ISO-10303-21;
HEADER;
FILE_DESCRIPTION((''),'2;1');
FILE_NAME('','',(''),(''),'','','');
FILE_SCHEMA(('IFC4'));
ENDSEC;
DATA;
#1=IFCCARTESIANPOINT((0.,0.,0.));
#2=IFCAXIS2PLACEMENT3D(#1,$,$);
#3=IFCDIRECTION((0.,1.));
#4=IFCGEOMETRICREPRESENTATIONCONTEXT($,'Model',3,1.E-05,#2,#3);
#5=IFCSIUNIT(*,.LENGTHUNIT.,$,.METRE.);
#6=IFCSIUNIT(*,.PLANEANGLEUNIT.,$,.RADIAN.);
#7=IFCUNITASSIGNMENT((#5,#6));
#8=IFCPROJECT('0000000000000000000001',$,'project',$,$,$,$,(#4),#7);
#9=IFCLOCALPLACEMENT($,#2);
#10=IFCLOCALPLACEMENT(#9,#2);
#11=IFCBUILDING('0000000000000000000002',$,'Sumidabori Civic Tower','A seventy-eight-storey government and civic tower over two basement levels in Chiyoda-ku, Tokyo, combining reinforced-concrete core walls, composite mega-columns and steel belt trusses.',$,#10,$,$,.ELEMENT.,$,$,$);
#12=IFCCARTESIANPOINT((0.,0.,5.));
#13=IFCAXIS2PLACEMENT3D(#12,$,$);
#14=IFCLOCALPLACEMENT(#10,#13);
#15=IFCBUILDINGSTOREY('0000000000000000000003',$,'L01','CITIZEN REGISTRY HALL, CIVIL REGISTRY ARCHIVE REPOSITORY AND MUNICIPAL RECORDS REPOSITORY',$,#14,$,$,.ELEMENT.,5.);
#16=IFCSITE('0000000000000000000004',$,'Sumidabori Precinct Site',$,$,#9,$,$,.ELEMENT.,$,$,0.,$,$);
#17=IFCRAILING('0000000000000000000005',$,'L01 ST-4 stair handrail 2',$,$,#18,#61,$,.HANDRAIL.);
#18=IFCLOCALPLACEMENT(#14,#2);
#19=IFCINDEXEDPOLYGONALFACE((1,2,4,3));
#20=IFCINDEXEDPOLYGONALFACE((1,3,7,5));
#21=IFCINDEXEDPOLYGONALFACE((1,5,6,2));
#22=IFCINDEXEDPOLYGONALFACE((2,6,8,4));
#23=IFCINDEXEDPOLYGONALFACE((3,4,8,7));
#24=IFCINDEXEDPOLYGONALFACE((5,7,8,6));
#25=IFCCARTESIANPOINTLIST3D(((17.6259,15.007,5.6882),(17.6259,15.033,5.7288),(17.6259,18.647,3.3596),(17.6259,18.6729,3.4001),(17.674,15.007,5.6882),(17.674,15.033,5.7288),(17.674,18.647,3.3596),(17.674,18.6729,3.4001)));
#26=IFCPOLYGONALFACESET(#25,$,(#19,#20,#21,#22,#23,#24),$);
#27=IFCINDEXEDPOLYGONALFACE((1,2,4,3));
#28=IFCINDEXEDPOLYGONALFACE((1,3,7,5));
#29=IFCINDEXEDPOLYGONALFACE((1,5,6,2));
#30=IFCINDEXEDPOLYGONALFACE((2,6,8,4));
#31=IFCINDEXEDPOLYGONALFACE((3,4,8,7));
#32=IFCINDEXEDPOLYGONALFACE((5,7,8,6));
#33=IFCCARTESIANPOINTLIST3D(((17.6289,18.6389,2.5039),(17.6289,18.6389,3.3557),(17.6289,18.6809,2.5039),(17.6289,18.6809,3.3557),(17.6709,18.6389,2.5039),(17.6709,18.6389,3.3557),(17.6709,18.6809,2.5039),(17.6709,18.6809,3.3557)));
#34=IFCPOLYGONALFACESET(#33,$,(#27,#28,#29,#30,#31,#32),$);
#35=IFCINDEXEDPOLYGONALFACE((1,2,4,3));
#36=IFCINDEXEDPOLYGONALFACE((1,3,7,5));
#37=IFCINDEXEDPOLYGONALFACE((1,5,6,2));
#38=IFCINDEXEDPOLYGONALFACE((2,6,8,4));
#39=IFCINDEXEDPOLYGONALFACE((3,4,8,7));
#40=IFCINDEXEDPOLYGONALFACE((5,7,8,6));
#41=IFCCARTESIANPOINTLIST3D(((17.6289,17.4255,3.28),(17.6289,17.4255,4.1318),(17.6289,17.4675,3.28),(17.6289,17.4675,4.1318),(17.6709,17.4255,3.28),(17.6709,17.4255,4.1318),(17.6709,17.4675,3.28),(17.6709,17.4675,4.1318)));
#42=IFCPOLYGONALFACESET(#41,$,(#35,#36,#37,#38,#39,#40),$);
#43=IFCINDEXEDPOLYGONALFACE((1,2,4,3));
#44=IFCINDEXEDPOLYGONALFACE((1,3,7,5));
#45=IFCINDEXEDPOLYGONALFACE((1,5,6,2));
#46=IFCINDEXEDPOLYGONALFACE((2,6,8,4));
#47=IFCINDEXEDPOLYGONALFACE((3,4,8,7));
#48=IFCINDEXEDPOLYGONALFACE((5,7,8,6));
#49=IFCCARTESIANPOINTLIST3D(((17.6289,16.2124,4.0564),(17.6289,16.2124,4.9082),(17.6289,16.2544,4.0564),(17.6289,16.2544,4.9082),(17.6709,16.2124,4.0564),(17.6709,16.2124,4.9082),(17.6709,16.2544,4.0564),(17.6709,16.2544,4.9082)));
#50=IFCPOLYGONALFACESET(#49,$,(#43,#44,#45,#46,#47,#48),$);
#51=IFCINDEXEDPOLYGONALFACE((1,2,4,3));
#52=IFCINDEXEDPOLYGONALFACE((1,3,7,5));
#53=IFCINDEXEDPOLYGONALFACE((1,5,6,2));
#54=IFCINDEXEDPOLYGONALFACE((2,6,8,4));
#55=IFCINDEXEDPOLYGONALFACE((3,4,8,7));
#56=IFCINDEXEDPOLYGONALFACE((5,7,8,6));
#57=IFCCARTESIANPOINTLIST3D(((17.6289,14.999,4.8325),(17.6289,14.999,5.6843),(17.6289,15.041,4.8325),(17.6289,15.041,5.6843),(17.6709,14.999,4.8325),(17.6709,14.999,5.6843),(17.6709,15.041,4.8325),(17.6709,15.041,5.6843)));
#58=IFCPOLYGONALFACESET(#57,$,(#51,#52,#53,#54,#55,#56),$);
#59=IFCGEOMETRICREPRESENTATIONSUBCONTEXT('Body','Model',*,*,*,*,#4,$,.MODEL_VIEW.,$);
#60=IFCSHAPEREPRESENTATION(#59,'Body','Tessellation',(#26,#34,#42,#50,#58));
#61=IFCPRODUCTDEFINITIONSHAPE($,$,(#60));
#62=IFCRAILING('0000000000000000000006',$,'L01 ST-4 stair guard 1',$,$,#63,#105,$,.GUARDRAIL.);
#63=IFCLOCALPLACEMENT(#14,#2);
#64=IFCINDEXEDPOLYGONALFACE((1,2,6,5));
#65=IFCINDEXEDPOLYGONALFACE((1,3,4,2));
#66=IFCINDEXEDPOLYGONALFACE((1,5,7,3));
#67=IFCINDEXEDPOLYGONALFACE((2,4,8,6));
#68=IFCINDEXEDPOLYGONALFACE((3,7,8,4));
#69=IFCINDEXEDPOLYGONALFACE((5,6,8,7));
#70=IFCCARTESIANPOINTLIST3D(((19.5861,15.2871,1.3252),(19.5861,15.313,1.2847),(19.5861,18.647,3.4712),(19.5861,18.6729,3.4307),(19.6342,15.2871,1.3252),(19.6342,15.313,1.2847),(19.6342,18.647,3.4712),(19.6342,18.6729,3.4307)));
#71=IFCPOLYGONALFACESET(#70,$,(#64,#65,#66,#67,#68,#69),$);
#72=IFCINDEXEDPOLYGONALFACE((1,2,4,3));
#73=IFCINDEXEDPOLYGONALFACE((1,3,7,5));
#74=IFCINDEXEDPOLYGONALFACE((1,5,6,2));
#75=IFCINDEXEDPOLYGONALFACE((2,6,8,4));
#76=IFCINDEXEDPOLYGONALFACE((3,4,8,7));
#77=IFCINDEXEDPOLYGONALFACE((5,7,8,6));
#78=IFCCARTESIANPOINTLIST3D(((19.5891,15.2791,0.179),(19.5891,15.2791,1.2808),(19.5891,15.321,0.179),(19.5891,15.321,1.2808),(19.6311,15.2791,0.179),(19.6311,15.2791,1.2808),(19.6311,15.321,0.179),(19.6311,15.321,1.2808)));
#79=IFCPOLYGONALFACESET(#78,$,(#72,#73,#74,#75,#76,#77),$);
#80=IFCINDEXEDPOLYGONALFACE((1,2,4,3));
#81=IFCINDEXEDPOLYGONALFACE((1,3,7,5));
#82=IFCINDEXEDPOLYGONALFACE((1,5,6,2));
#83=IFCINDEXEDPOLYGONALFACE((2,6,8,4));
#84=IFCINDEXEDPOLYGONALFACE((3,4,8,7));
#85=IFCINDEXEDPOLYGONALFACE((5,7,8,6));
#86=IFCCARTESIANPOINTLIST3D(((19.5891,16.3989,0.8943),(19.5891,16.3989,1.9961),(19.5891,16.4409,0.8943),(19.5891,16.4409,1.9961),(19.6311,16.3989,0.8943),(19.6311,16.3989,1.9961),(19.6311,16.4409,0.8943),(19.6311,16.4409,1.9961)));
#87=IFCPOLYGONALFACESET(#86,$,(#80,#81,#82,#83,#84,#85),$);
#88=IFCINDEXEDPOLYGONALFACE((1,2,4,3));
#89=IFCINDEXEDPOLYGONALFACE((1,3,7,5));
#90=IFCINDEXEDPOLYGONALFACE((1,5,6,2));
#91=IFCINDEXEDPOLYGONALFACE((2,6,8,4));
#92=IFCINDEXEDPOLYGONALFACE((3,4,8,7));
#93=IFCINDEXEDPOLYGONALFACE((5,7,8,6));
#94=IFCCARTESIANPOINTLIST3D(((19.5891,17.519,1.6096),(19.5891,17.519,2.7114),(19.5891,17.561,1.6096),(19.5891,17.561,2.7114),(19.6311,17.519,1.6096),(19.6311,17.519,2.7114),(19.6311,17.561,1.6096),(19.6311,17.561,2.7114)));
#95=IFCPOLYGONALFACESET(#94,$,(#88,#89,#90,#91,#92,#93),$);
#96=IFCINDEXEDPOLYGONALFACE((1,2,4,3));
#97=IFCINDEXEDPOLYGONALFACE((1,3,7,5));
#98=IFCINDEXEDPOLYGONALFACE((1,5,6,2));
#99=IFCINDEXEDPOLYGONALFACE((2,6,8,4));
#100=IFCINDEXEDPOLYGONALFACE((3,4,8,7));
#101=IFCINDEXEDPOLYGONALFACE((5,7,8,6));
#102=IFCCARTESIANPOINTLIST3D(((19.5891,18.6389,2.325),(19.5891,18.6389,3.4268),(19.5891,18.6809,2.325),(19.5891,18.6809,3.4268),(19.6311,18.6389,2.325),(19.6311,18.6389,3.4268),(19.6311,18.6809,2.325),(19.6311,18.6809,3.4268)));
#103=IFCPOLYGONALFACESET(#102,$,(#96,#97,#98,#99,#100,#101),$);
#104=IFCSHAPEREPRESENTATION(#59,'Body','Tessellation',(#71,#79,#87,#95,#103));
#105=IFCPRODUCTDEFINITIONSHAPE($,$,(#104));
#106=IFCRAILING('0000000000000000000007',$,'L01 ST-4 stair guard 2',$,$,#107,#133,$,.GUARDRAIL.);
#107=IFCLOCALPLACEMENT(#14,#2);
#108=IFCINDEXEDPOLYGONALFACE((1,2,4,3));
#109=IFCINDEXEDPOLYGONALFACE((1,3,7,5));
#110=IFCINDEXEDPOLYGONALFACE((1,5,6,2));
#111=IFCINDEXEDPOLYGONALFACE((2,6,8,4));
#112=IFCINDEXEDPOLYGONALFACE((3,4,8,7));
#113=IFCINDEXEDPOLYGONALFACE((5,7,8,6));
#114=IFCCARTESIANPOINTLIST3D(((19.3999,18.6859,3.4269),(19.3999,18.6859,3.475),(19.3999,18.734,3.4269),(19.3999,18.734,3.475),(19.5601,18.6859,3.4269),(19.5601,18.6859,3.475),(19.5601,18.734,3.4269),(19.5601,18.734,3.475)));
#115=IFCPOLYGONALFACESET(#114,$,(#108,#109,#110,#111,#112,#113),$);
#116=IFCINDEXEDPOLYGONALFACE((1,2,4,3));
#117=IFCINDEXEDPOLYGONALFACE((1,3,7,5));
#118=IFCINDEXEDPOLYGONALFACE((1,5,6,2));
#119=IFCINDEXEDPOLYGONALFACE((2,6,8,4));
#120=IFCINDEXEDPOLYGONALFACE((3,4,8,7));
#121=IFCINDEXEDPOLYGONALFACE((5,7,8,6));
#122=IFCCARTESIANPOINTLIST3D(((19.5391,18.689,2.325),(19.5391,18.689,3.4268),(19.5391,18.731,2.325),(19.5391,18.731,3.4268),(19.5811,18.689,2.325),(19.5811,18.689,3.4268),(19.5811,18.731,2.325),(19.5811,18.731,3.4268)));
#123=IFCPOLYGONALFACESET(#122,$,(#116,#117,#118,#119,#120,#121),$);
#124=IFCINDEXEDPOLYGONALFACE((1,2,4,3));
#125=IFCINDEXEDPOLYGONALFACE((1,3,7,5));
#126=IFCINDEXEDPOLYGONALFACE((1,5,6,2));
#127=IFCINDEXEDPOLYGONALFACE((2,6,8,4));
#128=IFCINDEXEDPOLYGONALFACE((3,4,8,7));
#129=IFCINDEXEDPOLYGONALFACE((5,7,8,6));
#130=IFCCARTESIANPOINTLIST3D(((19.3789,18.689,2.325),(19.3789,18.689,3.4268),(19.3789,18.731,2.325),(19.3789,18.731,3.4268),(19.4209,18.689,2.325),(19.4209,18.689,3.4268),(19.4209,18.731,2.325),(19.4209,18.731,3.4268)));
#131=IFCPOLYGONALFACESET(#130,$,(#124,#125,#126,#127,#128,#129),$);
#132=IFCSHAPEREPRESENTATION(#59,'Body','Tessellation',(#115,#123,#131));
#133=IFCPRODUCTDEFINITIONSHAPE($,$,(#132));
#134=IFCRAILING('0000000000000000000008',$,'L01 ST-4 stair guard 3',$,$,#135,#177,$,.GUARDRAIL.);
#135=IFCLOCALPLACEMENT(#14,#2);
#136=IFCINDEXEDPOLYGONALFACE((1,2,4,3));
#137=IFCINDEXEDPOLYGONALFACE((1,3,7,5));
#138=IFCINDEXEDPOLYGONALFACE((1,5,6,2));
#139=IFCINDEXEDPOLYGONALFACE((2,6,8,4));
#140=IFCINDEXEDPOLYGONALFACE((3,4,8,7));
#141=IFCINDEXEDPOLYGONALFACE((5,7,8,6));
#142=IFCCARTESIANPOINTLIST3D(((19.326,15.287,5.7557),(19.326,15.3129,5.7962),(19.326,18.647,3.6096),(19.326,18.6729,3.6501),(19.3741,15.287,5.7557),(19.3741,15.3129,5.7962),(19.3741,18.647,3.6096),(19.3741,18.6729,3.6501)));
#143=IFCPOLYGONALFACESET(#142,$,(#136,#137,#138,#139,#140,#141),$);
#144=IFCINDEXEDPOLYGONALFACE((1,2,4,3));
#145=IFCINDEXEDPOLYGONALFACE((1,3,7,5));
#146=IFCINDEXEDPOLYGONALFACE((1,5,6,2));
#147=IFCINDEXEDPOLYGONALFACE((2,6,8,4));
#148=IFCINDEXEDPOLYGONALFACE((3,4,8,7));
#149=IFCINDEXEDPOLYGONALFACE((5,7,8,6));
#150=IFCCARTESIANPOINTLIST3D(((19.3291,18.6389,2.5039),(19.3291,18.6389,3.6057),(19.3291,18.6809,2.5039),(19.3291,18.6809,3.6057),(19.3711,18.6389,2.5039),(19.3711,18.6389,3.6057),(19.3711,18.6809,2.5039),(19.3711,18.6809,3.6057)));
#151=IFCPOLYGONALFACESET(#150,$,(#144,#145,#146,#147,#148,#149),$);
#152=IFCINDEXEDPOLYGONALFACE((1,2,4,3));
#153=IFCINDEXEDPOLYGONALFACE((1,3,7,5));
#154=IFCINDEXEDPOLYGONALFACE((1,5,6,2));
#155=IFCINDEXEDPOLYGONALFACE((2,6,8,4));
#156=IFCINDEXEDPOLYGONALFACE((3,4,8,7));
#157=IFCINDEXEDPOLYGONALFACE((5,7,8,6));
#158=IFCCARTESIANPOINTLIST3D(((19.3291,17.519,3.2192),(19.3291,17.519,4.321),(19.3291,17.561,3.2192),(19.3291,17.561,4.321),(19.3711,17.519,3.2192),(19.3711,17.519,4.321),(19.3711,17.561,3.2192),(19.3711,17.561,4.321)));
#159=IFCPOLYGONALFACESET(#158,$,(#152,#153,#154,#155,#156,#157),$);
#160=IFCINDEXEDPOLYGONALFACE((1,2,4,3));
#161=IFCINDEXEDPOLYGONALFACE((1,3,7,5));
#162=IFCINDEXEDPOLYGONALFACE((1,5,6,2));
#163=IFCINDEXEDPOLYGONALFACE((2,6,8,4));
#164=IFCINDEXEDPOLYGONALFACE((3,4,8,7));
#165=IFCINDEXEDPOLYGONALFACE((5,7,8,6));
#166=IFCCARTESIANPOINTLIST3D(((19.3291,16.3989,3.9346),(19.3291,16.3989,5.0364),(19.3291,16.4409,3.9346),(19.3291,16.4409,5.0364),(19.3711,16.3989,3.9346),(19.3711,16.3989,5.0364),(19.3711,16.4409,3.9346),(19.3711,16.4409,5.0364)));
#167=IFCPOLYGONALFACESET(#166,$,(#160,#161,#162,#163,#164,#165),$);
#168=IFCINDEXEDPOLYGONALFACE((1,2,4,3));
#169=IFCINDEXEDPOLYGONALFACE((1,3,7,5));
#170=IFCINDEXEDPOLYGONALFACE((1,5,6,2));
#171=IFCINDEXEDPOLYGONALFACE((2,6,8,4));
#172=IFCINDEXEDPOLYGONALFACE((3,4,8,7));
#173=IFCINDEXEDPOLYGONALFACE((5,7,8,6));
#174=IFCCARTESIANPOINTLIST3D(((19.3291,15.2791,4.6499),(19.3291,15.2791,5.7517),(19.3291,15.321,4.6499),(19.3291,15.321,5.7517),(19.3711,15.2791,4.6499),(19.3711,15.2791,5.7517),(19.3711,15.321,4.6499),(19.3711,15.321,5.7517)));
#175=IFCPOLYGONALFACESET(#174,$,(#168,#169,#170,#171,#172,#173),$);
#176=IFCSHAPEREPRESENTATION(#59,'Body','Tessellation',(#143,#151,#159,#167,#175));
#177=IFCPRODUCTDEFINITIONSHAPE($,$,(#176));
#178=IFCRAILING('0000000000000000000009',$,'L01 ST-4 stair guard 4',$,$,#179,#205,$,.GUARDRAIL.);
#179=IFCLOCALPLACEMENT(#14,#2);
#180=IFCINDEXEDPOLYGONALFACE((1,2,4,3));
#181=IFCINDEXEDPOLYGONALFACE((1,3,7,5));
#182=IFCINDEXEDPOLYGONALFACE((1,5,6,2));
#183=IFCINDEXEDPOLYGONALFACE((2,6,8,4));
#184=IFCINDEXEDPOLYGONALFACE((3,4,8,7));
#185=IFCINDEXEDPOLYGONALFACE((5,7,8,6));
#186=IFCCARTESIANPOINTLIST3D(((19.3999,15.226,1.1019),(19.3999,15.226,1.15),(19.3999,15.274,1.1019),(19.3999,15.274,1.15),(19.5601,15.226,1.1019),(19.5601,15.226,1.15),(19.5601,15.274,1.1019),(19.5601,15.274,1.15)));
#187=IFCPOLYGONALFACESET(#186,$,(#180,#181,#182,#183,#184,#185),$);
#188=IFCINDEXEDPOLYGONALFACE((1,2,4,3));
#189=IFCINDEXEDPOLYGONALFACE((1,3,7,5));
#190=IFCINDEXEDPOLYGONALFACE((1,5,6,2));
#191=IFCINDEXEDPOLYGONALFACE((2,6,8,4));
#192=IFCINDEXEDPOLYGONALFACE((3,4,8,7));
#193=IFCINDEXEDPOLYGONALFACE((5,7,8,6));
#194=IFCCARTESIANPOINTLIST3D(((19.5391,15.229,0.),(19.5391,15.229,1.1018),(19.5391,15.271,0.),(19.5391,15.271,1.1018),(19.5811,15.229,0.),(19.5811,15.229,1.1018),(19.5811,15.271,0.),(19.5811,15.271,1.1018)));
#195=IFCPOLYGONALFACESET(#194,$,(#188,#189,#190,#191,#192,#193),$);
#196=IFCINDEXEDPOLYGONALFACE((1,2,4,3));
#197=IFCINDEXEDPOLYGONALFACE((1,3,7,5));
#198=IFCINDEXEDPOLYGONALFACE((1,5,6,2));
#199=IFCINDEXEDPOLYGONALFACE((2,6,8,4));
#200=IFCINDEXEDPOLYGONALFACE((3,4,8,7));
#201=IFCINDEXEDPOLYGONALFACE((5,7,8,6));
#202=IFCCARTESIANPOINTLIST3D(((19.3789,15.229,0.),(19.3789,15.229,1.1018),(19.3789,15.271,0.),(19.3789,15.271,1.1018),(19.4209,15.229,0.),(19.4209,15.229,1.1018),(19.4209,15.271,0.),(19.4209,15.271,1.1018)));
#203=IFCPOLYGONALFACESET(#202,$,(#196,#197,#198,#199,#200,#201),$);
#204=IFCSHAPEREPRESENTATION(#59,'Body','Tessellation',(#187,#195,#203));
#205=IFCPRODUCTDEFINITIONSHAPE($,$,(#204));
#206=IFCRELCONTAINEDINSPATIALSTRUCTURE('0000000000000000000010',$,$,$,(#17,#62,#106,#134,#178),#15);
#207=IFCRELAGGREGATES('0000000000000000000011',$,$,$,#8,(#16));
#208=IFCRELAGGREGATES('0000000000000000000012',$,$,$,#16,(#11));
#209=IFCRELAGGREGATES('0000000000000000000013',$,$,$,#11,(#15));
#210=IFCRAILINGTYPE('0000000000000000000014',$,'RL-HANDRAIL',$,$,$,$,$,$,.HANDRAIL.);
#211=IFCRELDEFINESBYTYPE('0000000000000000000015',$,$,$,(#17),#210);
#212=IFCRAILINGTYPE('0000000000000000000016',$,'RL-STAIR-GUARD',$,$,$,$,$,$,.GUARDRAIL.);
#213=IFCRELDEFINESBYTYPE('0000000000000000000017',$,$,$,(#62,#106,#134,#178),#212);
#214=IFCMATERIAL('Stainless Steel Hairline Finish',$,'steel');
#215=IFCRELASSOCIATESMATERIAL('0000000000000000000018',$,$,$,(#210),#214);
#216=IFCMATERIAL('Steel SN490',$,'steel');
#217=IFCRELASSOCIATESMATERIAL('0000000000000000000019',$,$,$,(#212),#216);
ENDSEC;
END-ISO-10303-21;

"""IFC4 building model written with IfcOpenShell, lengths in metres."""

from ifc_helpers import new_model, si_unit, direction, frame, origin, origin_2d, place, context, subcontext, project, spatial, rectangle, extrude, material, type_object, element, save


model = new_model("IFC4")

# Units and contexts
model_context = context("Model", 3, precision=1e-05, world=origin(), true_north=direction((0.0, 1.0)))
body_context = subcontext(model_context, "Body", "Model", "MODEL_VIEW")
ifc_project = project(units=[si_unit("LENGTHUNIT", "METRE"), si_unit("PLANEANGLEUNIT", "RADIAN")], contexts=[model_context])

# Site, building, storey
site_placement = place(None, origin())
site = spatial("IfcSite", under=ifc_project, at=site_placement, Name="Sumidabori Precinct Site", CompositionType="ELEMENT", RefElevation=0.0)
building_placement = place(site_placement, origin())
building = spatial("IfcBuilding", under=site, at=building_placement, Name="Sumidabori Civic Tower", Description="A seventy-eight-storey government and civic tower over two basement levels in Chiyoda-ku, Tokyo, combining reinforced-concrete core walls, composite mega-columns and steel belt trusses.", CompositionType="ELEMENT")
storey_placement = place(building_placement, frame((0.0, 0.0, 5.0)))
storey = spatial("IfcBuildingStorey", under=building, at=storey_placement, Name="L01", Description="CITIZEN REGISTRY HALL, CIVIL REGISTRY ARCHIVE REPOSITORY AND MUNICIPAL RECORDS REPOSITORY", CompositionType="ELEMENT", Elevation=5.0)

# Shared definitions
ifc_material_1 = material(Name="Steel SN490", Category="steel")

# Railings
ifc_material_2 = material(Name="Stainless Steel Hairline Finish", Category="steel")
railing_type_1 = type_object("IfcRailingType", Name="RL-HANDRAIL", PredefinedType="HANDRAIL", material=ifc_material_2)
railing_1_placement = place(storey_placement, frame((17.6499, 18.6599, 2.5039)))
element("IfcRailing", 1, at=railing_1_placement, inside=storey, type_object=railing_type_1, Name="L01 ST-4 stair handrail 2", PredefinedType="HANDRAIL", context=body_context, shape_type="SweptSolid", body=[
    extrude(rectangle(XDim=0.0481, YDim=0.0481, at=origin_2d()), frame((0.0, 0.0, 0.876), z_axis=(0.0, -0.842368, 0.538903), x_axis=(1.0, 0.0, 0.0)), (0.0, 0.0, 1.0), 4.321),
    extrude(rectangle(XDim=0.042, YDim=0.042, at=origin_2d()), origin(), (0.0, 0.0, 1.0), 0.8518),
    extrude(rectangle(XDim=0.042, YDim=0.042, at=origin_2d()), frame((0.0, -1.2134, 0.7761)), (0.0, 0.0, 1.0), 0.8518),
    extrude(rectangle(XDim=0.042, YDim=0.042, at=origin_2d()), frame((0.0, -2.4265, 1.5525)), (0.0, 0.0, 1.0), 0.8518),
    extrude(rectangle(XDim=0.042, YDim=0.042, at=origin_2d()), frame((0.0, -3.6399, 2.3286)), (0.0, 0.0, 1.0), 0.8518),
])
railing_type_2 = type_object("IfcRailingType", Name="RL-STAIR-GUARD", PredefinedType="GUARDRAIL", material=ifc_material_1)
railing_2_placement = place(storey_placement, frame((19.6101, 15.3, 0.179)))
element("IfcRailing", 2, at=railing_2_placement, inside=storey, type_object=railing_type_2, Name="L01 ST-4 stair guard 1", PredefinedType="GUARDRAIL", context=body_context, shape_type="SweptSolid", body=[
    extrude(rectangle(XDim=0.0481, YDim=0.0481, at=origin_2d()), frame((0.0, 0.0, 1.126), z_axis=(0.0, 0.842763, 0.538285), x_axis=(-1.0, 0.0, 0.0)), (0.0, 0.0, 1.0), 3.9868),
    extrude(rectangle(XDim=0.042, YDim=0.042, at=origin_2d()), origin(), (0.0, 0.0, 1.0), 1.1018),
    extrude(rectangle(XDim=0.042, YDim=0.042, at=origin_2d()), frame((0.0, 1.1199, 0.7153)), (0.0, 0.0, 1.0), 1.1018),
    extrude(rectangle(XDim=0.042, YDim=0.042, at=origin_2d()), frame((0.0, 2.24, 1.4307)), (0.0, 0.0, 1.0), 1.1018),
    extrude(rectangle(XDim=0.042, YDim=0.042, at=origin_2d()), frame((0.0, 3.3599, 2.146)), (0.0, 0.0, 1.0), 1.1018),
])
railing_3_placement = place(storey_placement, frame((19.5601, 18.71, 2.325)))
element("IfcRailing", 3, at=railing_3_placement, inside=storey, type_object=railing_type_2, Name="L01 ST-4 stair guard 2", PredefinedType="GUARDRAIL", context=body_context, shape_type="SweptSolid", body=[
    extrude(rectangle(XDim=0.0481, YDim=0.0481, at=origin_2d()), frame((0.0, 0.0, 1.126), z_axis=(-1.0, 0.0, 0.0), x_axis=(0.0, -1.0, 0.0)), (0.0, 0.0, 1.0), 0.1602),
    extrude(rectangle(XDim=0.042, YDim=0.042, at=origin_2d()), origin(), (0.0, 0.0, 1.0), 1.1018),
    extrude(rectangle(XDim=0.042, YDim=0.042, at=origin_2d()), frame((-0.1602, 0.0, 0.0)), (0.0, 0.0, 1.0), 1.1018),
])
railing_4_placement = place(storey_placement, frame((19.3501, 18.6599, 2.5039)))
element("IfcRailing", 4, at=railing_4_placement, inside=storey, type_object=railing_type_2, Name="L01 ST-4 stair guard 3", PredefinedType="GUARDRAIL", context=body_context, shape_type="SweptSolid", body=[
    extrude(rectangle(XDim=0.0481, YDim=0.0481, at=origin_2d()), frame((0.0, 0.0, 1.126), z_axis=(0.0, -0.842763, 0.538285), x_axis=(1.0, 0.0, 0.0)), (0.0, 0.0, 1.0), 3.9868),
    extrude(rectangle(XDim=0.042, YDim=0.042, at=origin_2d()), origin(), (0.0, 0.0, 1.0), 1.1018),
    extrude(rectangle(XDim=0.042, YDim=0.042, at=origin_2d()), frame((0.0, -1.1199, 0.7153)), (0.0, 0.0, 1.0), 1.1018),
    extrude(rectangle(XDim=0.042, YDim=0.042, at=origin_2d()), frame((0.0, -2.24, 1.4307)), (0.0, 0.0, 1.0), 1.1018),
    extrude(rectangle(XDim=0.042, YDim=0.042, at=origin_2d()), frame((0.0, -3.3599, 2.146)), (0.0, 0.0, 1.0), 1.1018),
])
railing_5_placement = place(storey_placement, frame((19.5601, 15.25, 0.0)))
element("IfcRailing", 5, at=railing_5_placement, inside=storey, type_object=railing_type_2, Name="L01 ST-4 stair guard 4", PredefinedType="GUARDRAIL", context=body_context, shape_type="SweptSolid", body=[
    extrude(rectangle(XDim=0.0481, YDim=0.0481, at=origin_2d()), frame((0.0, 0.0, 1.126), z_axis=(-1.0, 0.0, 0.0), x_axis=(0.0, -1.0, 0.0)), (0.0, 0.0, 1.0), 0.1602),
    extrude(rectangle(XDim=0.042, YDim=0.042, at=origin_2d()), origin(), (0.0, 0.0, 1.0), 1.1018),
    extrude(rectangle(XDim=0.042, YDim=0.042, at=origin_2d()), frame((-0.1602, 0.0, 0.0)), (0.0, 0.0, 1.0), 1.1018),
])

save(model, "model.ifc")
